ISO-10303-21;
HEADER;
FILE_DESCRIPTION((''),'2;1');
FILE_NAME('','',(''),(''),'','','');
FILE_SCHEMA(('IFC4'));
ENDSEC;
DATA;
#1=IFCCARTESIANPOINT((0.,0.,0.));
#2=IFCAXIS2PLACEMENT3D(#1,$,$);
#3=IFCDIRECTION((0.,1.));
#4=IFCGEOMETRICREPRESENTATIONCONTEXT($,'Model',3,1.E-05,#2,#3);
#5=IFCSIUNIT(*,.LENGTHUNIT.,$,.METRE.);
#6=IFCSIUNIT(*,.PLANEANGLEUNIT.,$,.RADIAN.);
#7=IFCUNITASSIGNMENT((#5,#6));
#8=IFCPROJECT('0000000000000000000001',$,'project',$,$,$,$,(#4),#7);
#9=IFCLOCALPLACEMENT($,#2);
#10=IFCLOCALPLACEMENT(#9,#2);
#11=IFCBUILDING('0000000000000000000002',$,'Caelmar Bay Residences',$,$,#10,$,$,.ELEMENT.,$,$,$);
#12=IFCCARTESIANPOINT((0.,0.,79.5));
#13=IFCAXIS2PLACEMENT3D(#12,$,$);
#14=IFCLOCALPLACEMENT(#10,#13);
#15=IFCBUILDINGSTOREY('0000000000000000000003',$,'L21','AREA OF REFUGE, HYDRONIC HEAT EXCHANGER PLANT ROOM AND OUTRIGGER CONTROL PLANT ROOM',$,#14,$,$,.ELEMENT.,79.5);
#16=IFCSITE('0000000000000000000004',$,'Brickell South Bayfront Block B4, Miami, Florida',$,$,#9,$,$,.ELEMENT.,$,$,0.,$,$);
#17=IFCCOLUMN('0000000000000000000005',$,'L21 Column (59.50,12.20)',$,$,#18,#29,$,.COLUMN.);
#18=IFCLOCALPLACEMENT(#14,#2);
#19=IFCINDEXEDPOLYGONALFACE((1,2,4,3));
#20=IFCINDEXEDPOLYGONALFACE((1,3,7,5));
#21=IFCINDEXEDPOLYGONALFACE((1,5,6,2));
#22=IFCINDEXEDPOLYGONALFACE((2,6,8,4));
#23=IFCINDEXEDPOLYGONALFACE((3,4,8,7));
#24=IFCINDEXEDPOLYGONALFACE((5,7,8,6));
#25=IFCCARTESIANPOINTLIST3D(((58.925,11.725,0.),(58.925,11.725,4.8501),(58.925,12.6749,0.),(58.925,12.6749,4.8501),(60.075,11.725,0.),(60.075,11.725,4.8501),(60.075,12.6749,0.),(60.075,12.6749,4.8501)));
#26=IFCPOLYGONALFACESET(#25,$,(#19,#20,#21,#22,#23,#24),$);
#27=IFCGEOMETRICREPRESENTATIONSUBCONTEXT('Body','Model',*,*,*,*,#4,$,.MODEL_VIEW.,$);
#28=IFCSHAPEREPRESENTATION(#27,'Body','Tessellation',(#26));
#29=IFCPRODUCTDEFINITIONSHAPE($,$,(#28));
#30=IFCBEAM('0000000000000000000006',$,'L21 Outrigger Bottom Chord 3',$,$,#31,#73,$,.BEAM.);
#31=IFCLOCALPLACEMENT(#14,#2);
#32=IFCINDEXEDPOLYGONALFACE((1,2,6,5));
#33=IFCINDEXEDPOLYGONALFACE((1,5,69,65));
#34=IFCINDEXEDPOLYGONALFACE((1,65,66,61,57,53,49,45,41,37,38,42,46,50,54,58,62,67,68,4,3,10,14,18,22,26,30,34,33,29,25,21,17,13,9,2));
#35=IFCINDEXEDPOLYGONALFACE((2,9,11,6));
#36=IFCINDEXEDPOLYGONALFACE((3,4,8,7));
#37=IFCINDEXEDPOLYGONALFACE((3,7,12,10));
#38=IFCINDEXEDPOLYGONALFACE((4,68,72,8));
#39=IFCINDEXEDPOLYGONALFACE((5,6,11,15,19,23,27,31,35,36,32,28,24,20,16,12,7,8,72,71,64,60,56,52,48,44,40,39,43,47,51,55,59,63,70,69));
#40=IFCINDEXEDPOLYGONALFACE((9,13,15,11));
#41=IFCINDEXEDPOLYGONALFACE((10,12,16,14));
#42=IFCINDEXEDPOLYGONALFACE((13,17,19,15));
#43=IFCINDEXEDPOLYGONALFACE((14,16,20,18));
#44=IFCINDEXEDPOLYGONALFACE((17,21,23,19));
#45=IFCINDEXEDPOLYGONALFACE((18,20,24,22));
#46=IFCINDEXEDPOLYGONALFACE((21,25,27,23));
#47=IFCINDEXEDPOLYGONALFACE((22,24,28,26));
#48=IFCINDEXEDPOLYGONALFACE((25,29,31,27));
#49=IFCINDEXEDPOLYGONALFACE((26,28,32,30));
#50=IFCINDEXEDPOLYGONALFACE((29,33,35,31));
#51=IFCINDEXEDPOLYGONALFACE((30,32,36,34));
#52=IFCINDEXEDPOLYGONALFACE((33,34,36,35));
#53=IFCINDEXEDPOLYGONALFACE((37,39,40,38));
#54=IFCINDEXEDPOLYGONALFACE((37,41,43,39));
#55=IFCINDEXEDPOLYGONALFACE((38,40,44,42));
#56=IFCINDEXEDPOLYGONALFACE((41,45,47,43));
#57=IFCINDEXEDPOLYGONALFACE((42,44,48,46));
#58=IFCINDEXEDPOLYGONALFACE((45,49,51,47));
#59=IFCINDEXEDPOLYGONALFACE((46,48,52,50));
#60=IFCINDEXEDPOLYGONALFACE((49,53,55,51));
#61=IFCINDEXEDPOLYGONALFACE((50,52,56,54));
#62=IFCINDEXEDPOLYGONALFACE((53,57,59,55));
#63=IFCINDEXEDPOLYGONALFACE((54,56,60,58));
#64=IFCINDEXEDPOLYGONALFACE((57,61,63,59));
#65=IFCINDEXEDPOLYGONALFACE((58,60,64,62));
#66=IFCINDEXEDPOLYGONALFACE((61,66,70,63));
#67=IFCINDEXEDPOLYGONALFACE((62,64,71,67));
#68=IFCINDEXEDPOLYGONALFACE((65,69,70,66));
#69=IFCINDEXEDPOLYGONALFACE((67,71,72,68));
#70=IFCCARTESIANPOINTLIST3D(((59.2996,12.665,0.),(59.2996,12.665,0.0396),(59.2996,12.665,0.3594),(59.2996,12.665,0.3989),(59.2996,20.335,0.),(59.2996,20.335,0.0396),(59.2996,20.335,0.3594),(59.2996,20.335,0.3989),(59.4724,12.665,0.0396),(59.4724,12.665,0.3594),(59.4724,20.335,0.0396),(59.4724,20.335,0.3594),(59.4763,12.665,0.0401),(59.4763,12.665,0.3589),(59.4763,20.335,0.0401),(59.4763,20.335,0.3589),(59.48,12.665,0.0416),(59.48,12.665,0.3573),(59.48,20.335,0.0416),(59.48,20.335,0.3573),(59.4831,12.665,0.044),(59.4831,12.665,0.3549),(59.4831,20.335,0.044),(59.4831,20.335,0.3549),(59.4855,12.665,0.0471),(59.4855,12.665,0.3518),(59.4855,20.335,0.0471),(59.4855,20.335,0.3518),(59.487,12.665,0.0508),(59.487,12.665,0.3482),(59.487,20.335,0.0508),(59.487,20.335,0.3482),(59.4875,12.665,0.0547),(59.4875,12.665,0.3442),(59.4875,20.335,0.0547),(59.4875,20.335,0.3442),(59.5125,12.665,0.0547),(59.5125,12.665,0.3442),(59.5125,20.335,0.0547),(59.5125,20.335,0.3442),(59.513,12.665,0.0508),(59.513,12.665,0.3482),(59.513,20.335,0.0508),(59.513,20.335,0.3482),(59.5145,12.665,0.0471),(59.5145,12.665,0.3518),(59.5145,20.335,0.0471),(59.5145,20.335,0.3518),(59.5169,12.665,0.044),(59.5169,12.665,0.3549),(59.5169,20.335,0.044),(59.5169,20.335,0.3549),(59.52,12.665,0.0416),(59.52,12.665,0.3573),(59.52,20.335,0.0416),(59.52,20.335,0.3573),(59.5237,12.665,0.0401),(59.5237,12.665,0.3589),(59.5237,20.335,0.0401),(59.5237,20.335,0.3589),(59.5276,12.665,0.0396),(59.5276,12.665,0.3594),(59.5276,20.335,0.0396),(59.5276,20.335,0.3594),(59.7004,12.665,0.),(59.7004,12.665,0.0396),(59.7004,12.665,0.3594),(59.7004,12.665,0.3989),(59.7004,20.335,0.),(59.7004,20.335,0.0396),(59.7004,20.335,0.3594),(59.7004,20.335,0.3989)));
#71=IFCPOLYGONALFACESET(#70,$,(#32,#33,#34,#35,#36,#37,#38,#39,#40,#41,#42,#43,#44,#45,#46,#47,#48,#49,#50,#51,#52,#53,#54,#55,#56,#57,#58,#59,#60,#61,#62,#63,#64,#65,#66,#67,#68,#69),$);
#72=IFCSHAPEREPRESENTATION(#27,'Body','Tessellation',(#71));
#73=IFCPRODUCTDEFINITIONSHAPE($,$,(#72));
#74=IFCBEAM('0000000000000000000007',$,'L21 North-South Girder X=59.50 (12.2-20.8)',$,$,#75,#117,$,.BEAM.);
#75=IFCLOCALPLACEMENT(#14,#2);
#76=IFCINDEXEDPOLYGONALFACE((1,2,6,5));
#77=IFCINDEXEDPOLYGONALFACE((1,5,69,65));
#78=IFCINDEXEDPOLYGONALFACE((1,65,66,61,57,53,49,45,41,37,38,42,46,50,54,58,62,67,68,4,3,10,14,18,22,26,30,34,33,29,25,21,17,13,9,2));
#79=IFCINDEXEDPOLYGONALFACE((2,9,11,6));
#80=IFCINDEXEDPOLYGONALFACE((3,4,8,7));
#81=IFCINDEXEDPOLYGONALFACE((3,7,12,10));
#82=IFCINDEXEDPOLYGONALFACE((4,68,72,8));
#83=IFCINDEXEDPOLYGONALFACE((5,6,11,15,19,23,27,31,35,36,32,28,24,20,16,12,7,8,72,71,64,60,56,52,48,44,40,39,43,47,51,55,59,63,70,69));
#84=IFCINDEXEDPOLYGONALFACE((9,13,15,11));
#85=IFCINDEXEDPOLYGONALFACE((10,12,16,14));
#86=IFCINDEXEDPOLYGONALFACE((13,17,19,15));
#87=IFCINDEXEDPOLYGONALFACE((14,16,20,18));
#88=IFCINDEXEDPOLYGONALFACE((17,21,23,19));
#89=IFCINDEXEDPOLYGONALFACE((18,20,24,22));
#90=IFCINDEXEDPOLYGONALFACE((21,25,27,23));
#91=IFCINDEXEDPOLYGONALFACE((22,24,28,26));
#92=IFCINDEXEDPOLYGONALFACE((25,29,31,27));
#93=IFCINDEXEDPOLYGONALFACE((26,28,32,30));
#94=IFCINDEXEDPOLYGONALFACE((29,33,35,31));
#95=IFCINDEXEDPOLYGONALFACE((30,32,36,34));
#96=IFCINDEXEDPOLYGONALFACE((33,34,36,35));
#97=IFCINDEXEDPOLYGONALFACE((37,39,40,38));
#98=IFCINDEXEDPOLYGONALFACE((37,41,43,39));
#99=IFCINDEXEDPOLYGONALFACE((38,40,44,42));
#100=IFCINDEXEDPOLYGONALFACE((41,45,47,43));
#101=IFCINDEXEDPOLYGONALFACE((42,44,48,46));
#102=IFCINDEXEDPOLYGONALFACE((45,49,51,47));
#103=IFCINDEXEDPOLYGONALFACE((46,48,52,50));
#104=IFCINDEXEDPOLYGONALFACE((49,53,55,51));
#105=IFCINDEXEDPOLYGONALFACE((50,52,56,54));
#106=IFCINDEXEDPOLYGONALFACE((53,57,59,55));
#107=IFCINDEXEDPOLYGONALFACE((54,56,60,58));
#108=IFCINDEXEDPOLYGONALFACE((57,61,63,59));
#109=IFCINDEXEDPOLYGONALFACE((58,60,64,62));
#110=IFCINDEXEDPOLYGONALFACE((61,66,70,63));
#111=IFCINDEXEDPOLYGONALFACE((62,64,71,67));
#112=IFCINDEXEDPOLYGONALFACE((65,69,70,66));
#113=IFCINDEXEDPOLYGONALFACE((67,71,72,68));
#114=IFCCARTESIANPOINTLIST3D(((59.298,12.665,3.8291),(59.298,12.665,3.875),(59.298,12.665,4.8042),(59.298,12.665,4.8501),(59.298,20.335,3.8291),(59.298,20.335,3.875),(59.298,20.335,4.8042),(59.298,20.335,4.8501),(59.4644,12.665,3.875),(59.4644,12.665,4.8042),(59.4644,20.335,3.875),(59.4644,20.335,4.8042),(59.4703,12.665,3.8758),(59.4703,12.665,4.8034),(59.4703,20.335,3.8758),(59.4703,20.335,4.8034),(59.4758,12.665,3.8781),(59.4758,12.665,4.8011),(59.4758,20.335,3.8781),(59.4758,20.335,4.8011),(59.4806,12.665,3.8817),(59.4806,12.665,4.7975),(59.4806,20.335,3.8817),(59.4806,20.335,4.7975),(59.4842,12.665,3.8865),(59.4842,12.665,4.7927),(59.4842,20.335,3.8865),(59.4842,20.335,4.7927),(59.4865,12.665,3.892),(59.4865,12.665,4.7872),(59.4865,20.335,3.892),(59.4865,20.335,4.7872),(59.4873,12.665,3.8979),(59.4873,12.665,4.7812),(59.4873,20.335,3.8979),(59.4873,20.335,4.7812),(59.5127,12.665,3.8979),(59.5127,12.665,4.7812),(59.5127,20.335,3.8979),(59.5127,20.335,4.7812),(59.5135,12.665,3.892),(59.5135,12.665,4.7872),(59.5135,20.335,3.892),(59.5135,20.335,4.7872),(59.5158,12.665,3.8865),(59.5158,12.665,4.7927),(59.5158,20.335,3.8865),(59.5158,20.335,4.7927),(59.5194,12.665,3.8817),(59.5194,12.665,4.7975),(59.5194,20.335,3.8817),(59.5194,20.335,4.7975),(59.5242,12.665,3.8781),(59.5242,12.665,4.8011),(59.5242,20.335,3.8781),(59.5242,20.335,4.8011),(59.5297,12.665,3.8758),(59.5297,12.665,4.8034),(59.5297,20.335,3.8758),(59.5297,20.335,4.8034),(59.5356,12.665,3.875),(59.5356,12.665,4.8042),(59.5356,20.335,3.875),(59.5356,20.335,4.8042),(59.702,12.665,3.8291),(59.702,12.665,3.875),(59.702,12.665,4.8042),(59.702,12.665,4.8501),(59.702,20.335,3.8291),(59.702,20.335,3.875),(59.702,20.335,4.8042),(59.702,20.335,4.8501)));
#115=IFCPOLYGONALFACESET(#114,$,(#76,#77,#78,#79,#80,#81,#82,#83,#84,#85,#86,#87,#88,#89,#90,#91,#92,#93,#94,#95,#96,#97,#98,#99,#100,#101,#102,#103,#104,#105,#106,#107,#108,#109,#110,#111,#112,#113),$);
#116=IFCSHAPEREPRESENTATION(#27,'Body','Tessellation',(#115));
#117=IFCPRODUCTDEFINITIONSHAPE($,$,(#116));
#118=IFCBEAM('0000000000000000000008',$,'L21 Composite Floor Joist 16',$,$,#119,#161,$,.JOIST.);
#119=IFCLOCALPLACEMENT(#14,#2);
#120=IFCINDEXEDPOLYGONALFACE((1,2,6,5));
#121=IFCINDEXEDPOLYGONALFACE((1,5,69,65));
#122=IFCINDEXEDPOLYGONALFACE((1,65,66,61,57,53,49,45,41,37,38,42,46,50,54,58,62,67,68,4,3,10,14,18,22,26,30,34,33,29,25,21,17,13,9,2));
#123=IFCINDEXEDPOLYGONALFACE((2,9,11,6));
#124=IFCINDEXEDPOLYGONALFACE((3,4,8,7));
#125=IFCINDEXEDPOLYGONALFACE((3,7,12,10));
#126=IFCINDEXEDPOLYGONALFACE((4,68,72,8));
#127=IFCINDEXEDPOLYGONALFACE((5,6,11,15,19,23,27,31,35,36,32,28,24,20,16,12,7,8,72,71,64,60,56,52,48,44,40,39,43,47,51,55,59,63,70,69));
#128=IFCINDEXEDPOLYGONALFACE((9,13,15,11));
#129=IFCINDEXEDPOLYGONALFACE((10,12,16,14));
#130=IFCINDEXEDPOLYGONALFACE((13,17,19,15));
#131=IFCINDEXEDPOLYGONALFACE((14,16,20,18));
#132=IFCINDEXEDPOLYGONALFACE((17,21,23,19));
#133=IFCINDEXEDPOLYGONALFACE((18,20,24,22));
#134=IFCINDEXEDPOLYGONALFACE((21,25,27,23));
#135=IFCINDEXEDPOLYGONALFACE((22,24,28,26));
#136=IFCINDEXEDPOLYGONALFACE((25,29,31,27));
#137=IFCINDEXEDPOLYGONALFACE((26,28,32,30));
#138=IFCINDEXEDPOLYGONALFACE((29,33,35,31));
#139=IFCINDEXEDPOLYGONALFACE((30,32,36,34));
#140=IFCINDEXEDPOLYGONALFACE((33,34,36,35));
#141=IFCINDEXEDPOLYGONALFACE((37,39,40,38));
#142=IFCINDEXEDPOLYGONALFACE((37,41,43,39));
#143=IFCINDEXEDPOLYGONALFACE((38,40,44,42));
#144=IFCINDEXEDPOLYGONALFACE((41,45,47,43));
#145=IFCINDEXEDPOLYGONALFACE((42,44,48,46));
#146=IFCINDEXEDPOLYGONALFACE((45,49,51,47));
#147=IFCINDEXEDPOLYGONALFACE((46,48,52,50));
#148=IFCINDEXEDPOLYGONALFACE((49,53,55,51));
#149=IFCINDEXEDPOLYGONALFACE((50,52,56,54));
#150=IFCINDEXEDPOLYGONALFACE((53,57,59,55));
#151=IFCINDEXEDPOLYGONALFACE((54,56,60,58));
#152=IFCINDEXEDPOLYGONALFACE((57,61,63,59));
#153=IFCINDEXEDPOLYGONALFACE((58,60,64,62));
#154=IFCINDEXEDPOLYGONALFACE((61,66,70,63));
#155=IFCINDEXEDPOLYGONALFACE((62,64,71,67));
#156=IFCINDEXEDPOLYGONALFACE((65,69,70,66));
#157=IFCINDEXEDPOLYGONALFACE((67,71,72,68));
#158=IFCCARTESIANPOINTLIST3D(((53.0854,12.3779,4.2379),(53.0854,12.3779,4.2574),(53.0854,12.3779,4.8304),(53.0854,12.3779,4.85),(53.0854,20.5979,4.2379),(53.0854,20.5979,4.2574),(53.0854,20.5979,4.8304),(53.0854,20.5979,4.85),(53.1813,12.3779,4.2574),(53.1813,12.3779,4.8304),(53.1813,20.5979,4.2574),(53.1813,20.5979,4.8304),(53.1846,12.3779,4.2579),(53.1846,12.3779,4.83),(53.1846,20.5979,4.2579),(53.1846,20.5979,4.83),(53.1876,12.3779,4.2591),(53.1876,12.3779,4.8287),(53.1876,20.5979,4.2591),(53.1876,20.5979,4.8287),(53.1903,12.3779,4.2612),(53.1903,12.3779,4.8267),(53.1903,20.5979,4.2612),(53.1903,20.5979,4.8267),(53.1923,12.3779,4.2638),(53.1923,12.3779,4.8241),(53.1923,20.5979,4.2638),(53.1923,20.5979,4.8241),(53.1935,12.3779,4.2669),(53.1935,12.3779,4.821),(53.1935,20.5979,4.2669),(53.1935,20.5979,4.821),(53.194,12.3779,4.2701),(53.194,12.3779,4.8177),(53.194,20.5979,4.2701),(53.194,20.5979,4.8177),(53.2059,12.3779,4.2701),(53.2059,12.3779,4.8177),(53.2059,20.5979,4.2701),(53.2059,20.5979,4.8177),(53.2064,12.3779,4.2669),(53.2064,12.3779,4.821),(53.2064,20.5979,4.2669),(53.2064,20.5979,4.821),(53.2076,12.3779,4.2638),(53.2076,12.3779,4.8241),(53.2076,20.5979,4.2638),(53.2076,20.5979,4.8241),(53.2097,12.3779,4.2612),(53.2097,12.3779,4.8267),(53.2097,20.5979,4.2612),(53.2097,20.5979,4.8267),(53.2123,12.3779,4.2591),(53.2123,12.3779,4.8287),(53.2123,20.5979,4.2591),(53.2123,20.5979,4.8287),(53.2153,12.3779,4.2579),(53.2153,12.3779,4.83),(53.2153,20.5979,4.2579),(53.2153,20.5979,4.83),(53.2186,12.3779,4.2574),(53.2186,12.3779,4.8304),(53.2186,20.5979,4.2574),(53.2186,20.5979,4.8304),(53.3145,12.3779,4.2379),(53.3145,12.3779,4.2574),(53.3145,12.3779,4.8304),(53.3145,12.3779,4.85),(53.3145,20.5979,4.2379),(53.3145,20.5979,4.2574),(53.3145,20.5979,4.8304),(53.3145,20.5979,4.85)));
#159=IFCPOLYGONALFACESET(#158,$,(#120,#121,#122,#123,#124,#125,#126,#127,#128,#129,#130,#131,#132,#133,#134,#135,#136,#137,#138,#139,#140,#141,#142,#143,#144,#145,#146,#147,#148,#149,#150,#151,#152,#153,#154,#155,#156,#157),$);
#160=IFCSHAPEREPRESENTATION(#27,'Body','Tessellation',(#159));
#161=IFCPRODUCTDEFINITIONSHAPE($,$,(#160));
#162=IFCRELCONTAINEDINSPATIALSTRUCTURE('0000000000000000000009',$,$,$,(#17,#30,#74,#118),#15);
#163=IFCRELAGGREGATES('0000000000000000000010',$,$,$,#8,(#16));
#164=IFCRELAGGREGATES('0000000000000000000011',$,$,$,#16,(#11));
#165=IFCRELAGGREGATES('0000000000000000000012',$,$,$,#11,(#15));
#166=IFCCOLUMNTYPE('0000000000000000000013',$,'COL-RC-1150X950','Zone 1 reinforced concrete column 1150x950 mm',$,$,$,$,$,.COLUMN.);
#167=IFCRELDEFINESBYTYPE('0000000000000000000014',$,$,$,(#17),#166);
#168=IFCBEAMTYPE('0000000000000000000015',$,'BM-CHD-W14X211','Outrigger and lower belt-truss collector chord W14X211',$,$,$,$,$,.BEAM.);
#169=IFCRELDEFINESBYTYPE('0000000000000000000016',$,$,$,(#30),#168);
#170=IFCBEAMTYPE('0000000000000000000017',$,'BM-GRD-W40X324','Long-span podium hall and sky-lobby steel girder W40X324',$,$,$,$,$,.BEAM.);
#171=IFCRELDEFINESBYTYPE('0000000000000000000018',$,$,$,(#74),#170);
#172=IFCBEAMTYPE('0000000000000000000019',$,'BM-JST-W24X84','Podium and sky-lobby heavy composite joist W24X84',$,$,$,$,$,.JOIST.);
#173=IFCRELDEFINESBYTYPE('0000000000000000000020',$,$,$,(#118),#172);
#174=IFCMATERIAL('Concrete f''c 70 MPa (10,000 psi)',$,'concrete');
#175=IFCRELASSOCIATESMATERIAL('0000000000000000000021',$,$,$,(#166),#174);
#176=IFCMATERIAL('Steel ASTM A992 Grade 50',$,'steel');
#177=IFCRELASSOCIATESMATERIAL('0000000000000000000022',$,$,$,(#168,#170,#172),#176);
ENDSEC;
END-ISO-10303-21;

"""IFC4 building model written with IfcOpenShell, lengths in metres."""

from ifc_helpers import new_model, si_unit, direction, frame, origin, origin_2d, place, context, subcontext, project, spatial, rectangle, i_section, extrude, material, material_profile, profile_set, type_object, element, save


model = new_model("IFC4")

# Units and contexts
model_context = context("Model", 3, precision=1e-05, world=origin(), true_north=direction((0.0, 1.0)))
body_context = subcontext(model_context, "Body", "Model", "MODEL_VIEW")
ifc_project = project(units=[si_unit("LENGTHUNIT", "METRE"), si_unit("PLANEANGLEUNIT", "RADIAN")], contexts=[model_context])

# Site, building, storey
site_placement = place(None, origin())
site = spatial("IfcSite", under=ifc_project, at=site_placement, Name="Brickell South Bayfront Block B4, Miami, Florida", CompositionType="ELEMENT", RefElevation=0.0)
building_placement = place(site_placement, origin())
building = spatial("IfcBuilding", under=site, at=building_placement, Name="Caelmar Bay Residences", CompositionType="ELEMENT")
storey_placement = place(building_placement, frame((0.0, 0.0, 79.5)))
storey = spatial("IfcBuildingStorey", under=building, at=storey_placement, Name="L21", Description="AREA OF REFUGE, HYDRONIC HEAT EXCHANGER PLANT ROOM AND OUTRIGGER CONTROL PLANT ROOM", CompositionType="ELEMENT", Elevation=79.5)

# Column
ifc_material_1 = material(Name="Concrete f'c 70 MPa (10,000 psi)", Category="concrete")
ifc_material_profile_1 = material_profile(ifc_material_1, rectangle(XDim=1.1499, YDim=0.95, at=origin_2d()), Name="RC-COL-1150X950")
ifc_profile_set_1 = profile_set([ifc_material_profile_1], Name="Concrete f'c 70 MPa (10,000 psi)")
column_type = type_object("IfcColumnType", Name="COL-RC-1150X950", Description="Zone 1 reinforced concrete column 1150x950 mm", PredefinedType="COLUMN", material=ifc_profile_set_1)
column_placement = place(storey_placement, frame((59.5, 12.2, 0.0), z_axis=(0.0, 0.0, 1.0), x_axis=(1.0, 0.0, 0.0)))
element("IfcColumn", 1, at=column_placement, inside=storey, type_object=column_type, Name="L21 Column (59.50,12.20)", PredefinedType="COLUMN", context=body_context, shape_type="SweptSolid", body=[
    extrude(rectangle(XDim=1.1499, YDim=0.95, at=origin_2d()), origin(), (0.0, 0.0, 1.0), 4.8501),
])

# Beams
ifc_material_2 = material(Name="Steel ASTM A992 Grade 50", Category="steel")
ifc_material_profile_2 = material_profile(ifc_material_2, i_section(OverallWidth=0.4009, OverallDepth=0.3989, WebThickness=0.0249, FlangeThickness=0.0396, FilletRadius=0.0151, at=origin_2d()), Name="W14X211")
ifc_profile_set_2 = profile_set([ifc_material_profile_2], Name="Steel ASTM A992 Grade 50")
beam_type_1 = type_object("IfcBeamType", Name="BM-CHD-W14X211", Description="Outrigger and lower belt-truss collector chord W14X211", PredefinedType="BEAM", material=ifc_profile_set_2)
beam_1_placement = place(storey_placement, frame((59.5, 12.665, 0.1995), z_axis=(0.0, 1.0, 0.0), x_axis=(-1.0, 0.0, 0.0)))
element("IfcBeam", 2, at=beam_1_placement, inside=storey, type_object=beam_type_1, Name="L21 Outrigger Bottom Chord 3", PredefinedType="BEAM", context=body_context, shape_type="SweptSolid", body=[
    extrude(i_section(OverallWidth=0.4009, OverallDepth=0.3989, WebThickness=0.0249, FlangeThickness=0.0396, FilletRadius=0.0151, at=origin_2d()), origin(), (0.0, 0.0, 1.0), 7.6699),
])
ifc_material_profile_3 = material_profile(ifc_material_2, i_section(OverallWidth=0.4041, OverallDepth=1.021, WebThickness=0.0254, FlangeThickness=0.0459, FilletRadius=0.0229, at=origin_2d()), Name="W40X324")
ifc_profile_set_3 = profile_set([ifc_material_profile_3], Name="Steel ASTM A992 Grade 50")
beam_type_2 = type_object("IfcBeamType", Name="BM-GRD-W40X324", Description="Long-span podium hall and sky-lobby steel girder W40X324", PredefinedType="BEAM", material=ifc_profile_set_3)
beam_2_placement = place(storey_placement, frame((59.5, 12.665, 4.3396), z_axis=(0.0, 1.0, 0.0), x_axis=(-1.0, 0.0, 0.0)))
element("IfcBeam", 3, at=beam_2_placement, inside=storey, type_object=beam_type_2, Name="L21 North-South Girder X=59.50 (12.2-20.8)", PredefinedType="BEAM", context=body_context, shape_type="SweptSolid", body=[
    extrude(i_section(OverallWidth=0.4041, OverallDepth=1.021, WebThickness=0.0254, FlangeThickness=0.0459, FilletRadius=0.0229, at=origin_2d()), origin(), (0.0, 0.0, 1.0), 7.6699),
])
ifc_material_profile_4 = material_profile(ifc_material_2, i_section(OverallWidth=0.229, OverallDepth=0.6121, WebThickness=0.012, FlangeThickness=0.0195, FilletRadius=0.0127, at=origin_2d()), Name="W24X84")
ifc_profile_set_4 = profile_set([ifc_material_profile_4], Name="Steel ASTM A992 Grade 50")
beam_type_3 = type_object("IfcBeamType", Name="BM-JST-W24X84", Description="Podium and sky-lobby heavy composite joist W24X84", PredefinedType="JOIST", material=ifc_profile_set_4)
for number, where, z_axis, x_axis, name in (
    (4, (53.2, 12.3779, 4.5439), (0.0, 1.0, 0.0), (-1.0, 0.0, 0.0), "L21 Composite Floor Joist 16"),
):
    element("IfcBeam", number, at=place(storey_placement, frame(where, z_axis=z_axis, x_axis=x_axis)), inside=storey, type_object=beam_type_3, Name=name, PredefinedType="JOIST", context=body_context, shape_type="SweptSolid", body=[
        extrude(i_section(OverallWidth=0.229, OverallDepth=0.6121, WebThickness=0.012, FlangeThickness=0.0195, FilletRadius=0.0127, at=origin_2d()), origin(), (0.0, 0.0, 1.0), 8.22),
    ])

save(model, "model.ifc")
